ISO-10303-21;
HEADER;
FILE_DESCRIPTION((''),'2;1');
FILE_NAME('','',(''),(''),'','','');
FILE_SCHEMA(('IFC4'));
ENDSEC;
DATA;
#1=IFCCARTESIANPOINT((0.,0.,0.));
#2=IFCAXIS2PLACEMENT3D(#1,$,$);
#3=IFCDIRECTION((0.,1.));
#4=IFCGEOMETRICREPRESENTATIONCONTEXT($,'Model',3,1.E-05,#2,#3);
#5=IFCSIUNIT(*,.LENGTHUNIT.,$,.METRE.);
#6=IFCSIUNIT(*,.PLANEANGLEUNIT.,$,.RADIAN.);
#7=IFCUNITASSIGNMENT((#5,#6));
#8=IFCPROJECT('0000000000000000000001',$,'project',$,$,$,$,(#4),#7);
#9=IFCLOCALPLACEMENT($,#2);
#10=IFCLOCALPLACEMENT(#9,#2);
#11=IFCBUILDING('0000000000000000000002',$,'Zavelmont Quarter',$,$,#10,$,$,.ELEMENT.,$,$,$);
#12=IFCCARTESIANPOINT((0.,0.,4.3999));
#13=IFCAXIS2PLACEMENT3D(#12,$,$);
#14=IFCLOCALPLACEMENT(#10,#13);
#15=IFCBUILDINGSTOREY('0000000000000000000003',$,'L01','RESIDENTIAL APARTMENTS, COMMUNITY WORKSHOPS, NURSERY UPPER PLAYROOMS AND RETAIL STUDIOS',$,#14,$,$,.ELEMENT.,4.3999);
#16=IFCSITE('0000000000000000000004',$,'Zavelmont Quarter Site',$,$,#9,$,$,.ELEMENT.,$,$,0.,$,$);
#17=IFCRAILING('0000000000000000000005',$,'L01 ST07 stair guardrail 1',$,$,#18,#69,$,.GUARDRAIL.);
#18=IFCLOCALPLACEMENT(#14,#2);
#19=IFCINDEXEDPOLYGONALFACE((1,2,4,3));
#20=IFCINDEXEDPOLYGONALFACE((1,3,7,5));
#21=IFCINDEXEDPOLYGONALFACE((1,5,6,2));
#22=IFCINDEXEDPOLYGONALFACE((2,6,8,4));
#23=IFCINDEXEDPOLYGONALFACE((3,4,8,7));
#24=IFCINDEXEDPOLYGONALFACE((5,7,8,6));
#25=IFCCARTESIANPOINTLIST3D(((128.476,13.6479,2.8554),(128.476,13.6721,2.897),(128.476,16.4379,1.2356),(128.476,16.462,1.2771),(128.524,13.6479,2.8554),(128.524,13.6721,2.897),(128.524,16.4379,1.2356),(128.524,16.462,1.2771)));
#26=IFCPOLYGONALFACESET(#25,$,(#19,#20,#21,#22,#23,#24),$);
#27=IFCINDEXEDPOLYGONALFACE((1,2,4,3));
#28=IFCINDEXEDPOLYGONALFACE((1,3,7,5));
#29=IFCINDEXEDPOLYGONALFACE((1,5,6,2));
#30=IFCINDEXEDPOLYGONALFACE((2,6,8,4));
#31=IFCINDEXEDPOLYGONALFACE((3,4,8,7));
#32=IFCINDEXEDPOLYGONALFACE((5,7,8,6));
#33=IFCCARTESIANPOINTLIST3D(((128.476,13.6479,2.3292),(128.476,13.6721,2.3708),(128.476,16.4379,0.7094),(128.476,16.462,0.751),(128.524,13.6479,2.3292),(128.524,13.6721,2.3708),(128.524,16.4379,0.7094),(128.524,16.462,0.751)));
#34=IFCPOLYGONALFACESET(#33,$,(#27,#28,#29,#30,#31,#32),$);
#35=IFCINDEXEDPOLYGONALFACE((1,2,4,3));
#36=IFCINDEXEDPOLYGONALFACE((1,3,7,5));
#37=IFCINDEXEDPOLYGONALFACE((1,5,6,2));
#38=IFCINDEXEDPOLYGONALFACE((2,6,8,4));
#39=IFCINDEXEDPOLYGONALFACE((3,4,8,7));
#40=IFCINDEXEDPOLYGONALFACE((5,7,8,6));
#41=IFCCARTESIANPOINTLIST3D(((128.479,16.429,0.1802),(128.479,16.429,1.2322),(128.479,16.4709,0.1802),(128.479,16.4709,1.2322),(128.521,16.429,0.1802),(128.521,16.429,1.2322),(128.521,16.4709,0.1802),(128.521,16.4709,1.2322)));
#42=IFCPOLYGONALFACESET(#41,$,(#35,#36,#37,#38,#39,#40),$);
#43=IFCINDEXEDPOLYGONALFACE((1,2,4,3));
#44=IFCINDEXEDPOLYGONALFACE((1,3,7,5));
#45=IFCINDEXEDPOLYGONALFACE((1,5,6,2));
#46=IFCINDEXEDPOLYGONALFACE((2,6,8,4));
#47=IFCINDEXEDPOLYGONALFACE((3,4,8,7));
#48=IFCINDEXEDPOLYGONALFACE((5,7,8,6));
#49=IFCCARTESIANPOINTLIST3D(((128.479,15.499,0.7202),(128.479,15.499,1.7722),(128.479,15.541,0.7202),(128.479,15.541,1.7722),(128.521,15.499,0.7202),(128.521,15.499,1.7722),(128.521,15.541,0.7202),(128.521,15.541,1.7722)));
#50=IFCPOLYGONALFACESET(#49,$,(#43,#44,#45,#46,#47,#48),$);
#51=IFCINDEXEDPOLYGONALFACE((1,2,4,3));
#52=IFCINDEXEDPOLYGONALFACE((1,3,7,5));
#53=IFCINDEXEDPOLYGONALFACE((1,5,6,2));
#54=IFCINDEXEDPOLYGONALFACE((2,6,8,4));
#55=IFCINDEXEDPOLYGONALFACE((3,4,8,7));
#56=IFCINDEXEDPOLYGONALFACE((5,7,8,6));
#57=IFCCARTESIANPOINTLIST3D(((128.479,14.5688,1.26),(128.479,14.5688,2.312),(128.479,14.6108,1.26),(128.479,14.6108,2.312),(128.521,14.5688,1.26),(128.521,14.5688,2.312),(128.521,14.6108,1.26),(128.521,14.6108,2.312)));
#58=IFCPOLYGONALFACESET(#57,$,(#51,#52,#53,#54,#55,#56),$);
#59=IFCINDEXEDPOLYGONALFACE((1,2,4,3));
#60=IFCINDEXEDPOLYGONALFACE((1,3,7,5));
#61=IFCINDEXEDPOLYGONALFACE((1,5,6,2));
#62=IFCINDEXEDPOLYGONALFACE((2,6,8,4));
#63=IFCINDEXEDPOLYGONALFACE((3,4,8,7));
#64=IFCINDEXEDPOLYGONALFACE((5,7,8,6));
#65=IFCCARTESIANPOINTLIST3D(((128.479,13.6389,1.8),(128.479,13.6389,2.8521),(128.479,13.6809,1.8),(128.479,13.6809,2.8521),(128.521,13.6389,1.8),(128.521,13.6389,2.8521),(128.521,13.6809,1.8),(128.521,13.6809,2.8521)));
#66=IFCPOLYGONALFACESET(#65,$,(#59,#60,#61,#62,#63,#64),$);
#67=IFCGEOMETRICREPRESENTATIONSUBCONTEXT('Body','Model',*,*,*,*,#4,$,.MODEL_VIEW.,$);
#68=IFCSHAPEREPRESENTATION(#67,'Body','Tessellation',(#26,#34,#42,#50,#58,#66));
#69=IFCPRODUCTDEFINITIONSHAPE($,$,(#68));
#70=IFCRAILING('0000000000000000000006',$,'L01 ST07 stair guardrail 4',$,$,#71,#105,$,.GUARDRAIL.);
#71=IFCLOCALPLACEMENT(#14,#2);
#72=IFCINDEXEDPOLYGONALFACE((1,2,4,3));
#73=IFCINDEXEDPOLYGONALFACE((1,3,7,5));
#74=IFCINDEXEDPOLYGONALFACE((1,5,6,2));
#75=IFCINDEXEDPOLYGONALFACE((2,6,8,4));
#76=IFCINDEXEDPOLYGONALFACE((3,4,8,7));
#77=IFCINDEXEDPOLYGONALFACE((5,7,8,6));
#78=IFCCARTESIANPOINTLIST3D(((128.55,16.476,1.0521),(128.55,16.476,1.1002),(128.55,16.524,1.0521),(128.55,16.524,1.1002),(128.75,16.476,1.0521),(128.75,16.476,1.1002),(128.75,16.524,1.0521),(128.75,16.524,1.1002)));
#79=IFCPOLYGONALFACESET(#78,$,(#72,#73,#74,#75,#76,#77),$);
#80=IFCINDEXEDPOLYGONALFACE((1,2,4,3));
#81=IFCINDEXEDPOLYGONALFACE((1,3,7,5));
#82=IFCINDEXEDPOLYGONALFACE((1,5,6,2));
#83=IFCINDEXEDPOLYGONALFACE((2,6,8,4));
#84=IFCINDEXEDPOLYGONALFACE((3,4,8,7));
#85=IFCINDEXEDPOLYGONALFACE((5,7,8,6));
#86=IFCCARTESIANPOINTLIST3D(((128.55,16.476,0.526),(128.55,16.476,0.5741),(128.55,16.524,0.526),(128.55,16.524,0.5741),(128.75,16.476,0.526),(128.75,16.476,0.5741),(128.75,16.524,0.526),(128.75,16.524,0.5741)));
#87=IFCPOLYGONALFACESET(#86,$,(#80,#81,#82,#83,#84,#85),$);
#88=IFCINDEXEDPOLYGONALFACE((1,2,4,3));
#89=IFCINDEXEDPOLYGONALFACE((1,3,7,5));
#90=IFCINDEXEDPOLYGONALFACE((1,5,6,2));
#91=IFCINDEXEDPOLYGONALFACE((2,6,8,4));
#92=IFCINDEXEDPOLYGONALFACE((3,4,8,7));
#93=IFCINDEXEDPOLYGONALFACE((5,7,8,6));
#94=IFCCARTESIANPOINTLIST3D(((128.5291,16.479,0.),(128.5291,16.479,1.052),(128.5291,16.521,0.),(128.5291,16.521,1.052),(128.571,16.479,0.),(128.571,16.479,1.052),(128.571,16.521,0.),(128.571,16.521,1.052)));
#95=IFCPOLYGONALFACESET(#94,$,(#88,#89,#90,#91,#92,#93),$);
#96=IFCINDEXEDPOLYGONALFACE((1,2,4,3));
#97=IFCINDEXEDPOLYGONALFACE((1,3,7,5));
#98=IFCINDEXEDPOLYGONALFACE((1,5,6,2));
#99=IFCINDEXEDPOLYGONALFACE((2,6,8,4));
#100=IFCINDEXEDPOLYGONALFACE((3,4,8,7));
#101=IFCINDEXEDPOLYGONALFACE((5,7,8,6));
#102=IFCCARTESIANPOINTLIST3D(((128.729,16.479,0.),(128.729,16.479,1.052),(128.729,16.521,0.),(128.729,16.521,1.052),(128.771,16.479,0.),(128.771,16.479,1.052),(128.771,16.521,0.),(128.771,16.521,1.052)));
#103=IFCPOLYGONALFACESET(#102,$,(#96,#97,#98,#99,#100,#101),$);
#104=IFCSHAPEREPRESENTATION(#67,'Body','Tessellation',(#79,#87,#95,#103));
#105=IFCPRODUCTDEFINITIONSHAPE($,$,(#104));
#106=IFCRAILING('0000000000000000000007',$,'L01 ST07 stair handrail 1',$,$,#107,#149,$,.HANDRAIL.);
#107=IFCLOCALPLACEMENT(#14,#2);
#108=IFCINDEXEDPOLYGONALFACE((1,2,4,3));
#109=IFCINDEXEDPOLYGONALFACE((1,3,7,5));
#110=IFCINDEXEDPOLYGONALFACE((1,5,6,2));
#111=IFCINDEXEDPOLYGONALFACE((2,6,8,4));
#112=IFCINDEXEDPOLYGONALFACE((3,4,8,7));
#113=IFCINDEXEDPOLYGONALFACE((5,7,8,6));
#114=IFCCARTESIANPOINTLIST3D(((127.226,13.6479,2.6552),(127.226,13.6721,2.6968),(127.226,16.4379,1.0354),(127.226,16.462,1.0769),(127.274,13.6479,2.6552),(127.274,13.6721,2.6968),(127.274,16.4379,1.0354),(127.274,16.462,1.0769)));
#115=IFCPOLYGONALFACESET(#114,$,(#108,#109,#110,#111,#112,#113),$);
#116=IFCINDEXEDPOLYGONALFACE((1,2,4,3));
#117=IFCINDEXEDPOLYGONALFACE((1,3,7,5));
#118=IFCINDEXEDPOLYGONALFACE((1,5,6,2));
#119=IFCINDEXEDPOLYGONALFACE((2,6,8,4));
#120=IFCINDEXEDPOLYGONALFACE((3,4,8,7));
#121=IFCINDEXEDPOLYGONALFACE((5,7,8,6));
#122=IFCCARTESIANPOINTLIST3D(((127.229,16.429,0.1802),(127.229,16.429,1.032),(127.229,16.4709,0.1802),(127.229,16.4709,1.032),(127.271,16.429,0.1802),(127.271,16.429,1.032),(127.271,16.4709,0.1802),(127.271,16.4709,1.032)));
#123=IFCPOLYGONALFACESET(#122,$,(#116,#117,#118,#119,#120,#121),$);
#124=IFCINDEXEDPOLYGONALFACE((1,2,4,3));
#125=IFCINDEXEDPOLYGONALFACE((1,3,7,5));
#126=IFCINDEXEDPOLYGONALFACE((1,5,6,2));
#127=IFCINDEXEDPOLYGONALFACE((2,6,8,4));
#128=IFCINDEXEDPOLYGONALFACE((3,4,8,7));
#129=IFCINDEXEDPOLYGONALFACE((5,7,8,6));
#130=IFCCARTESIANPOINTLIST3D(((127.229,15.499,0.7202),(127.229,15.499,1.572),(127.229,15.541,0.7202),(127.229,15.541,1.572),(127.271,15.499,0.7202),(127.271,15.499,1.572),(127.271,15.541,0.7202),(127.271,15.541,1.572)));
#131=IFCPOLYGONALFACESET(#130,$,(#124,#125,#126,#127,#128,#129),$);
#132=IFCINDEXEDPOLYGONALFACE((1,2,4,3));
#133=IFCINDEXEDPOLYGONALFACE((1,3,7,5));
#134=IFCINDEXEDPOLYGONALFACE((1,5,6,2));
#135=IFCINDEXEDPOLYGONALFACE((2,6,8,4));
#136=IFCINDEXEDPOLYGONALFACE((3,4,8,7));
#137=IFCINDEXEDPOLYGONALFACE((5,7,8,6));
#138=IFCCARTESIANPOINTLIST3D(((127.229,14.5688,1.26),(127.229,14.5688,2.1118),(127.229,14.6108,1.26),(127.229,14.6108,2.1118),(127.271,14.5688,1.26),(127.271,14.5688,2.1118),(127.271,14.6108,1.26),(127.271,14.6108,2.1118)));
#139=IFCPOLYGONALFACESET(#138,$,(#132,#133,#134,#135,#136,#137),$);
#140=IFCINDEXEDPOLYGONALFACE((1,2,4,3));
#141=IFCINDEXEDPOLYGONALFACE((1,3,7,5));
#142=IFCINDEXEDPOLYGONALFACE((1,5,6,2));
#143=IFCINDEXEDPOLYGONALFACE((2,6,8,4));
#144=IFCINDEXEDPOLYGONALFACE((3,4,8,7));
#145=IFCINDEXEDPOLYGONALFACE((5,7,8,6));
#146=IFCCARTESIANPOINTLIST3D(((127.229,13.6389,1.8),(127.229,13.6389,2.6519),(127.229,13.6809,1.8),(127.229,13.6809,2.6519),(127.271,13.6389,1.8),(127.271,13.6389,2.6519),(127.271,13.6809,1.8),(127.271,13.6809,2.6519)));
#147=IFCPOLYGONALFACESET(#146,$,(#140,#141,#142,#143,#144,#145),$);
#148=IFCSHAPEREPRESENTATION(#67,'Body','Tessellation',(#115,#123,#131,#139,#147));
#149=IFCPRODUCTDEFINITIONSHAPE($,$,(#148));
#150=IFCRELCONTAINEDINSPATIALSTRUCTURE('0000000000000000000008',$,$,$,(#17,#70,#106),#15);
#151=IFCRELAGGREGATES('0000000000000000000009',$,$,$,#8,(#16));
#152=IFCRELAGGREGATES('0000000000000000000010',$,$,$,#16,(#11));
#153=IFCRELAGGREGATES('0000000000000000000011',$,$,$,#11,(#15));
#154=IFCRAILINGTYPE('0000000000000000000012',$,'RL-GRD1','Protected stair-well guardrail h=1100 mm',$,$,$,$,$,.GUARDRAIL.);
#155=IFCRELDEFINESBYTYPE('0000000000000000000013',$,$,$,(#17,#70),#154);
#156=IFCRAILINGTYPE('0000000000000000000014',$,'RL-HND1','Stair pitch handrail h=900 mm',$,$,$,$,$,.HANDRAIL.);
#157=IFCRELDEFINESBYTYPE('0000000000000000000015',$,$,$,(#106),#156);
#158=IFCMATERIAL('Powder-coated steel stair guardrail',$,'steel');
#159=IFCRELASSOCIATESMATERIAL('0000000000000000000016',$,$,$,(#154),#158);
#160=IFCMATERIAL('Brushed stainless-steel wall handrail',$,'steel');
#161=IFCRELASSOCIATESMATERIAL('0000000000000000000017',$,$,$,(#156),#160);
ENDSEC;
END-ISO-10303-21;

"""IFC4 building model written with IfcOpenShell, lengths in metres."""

from ifc_helpers import new_model, si_unit, direction, frame, origin, origin_2d, place, context, subcontext, project, spatial, rectangle, extrude, material, type_object, element, save


model = new_model("IFC4")

# Units and contexts
model_context = context("Model", 3, precision=1e-05, world=origin(), true_north=direction((0.0, 1.0)))
body_context = subcontext(model_context, "Body", "Model", "MODEL_VIEW")
ifc_project = project(units=[si_unit("LENGTHUNIT", "METRE"), si_unit("PLANEANGLEUNIT", "RADIAN")], contexts=[model_context])

# Site, building, storey
site_placement = place(None, origin())
site = spatial("IfcSite", under=ifc_project, at=site_placement, Name="Zavelmont Quarter Site", CompositionType="ELEMENT", RefElevation=0.0)
building_placement = place(site_placement, origin())
building = spatial("IfcBuilding", under=site, at=building_placement, Name="Zavelmont Quarter", CompositionType="ELEMENT")
storey_placement = place(building_placement, frame((0.0, 0.0, 4.3999)))
storey = spatial("IfcBuildingStorey", under=building, at=storey_placement, Name="L01", Description="RESIDENTIAL APARTMENTS, COMMUNITY WORKSHOPS, NURSERY UPPER PLAYROOMS AND RETAIL STUDIOS", CompositionType="ELEMENT", Elevation=4.3999)

# Railings
ifc_material_1 = material(Name="Powder-coated steel stair guardrail", Category="steel")
railing_type_1 = type_object("IfcRailingType", Name="RL-GRD1", Description="Protected stair-well guardrail h=1100 mm", PredefinedType="GUARDRAIL", material=ifc_material_1)
railing_1_placement = place(storey_placement, frame((128.5, 16.45, 0.1802)))
element("IfcRailing", 1, at=railing_1_placement, inside=storey, type_object=railing_type_1, Name="L01 ST07 stair guardrail 1", PredefinedType="GUARDRAIL", context=body_context, shape_type="SweptSolid", body=[
    extrude(rectangle(XDim=0.0481, YDim=0.0481, at=origin_2d()), frame((0.0, 0.0, 1.0762), z_axis=(0.0, -0.864809, 0.502101), x_axis=(1.0, 0.0, 0.0)), (0.0, 0.0, 1.0), 3.2261),
    extrude(rectangle(XDim=0.0481, YDim=0.0481, at=origin_2d()), frame((0.0, 0.0, 0.55), z_axis=(0.0, -0.864809, 0.502101), x_axis=(1.0, 0.0, 0.0)), (0.0, 0.0, 1.0), 3.2261),
    extrude(rectangle(XDim=0.042, YDim=0.042, at=origin_2d()), origin(), (0.0, 0.0, 1.0), 1.052),
    extrude(rectangle(XDim=0.042, YDim=0.042, at=origin_2d()), frame((0.0, -0.9299, 0.54)), (0.0, 0.0, 1.0), 1.052),
    extrude(rectangle(XDim=0.042, YDim=0.042, at=origin_2d()), frame((0.0, -1.8601, 1.0798)), (0.0, 0.0, 1.0), 1.052),
    extrude(rectangle(XDim=0.042, YDim=0.042, at=origin_2d()), frame((0.0, -2.79, 1.6199)), (0.0, 0.0, 1.0), 1.052),
])
railing_2_placement = place(storey_placement, frame((128.55, 16.5, 0.0)))
element("IfcRailing", 2, at=railing_2_placement, inside=storey, type_object=railing_type_1, Name="L01 ST07 stair guardrail 4", PredefinedType="GUARDRAIL", context=body_context, shape_type="SweptSolid", body=[
    extrude(rectangle(XDim=0.0481, YDim=0.0481, at=origin_2d()), frame((0.0, 0.0, 1.0762), z_axis=(1.0, 0.0, 0.0), x_axis=(0.0, 1.0, 0.0)), (0.0, 0.0, 1.0), 0.2),
    extrude(rectangle(XDim=0.0481, YDim=0.0481, at=origin_2d()), frame((0.0, 0.0, 0.55), z_axis=(1.0, 0.0, 0.0), x_axis=(0.0, 1.0, 0.0)), (0.0, 0.0, 1.0), 0.2),
    extrude(rectangle(XDim=0.042, YDim=0.042, at=origin_2d()), origin(), (0.0, 0.0, 1.0), 1.052),
    extrude(rectangle(XDim=0.042, YDim=0.042, at=origin_2d()), frame((0.2, 0.0, 0.0)), (0.0, 0.0, 1.0), 1.052),
])
ifc_material_2 = material(Name="Brushed stainless-steel wall handrail", Category="steel")
railing_type_2 = type_object("IfcRailingType", Name="RL-HND1", Description="Stair pitch handrail h=900 mm", PredefinedType="HANDRAIL", material=ifc_material_2)
railing_3_placement = place(storey_placement, frame((127.25, 16.45, 0.1802)))
element("IfcRailing", 3, at=railing_3_placement, inside=storey, type_object=railing_type_2, Name="L01 ST07 stair handrail 1", PredefinedType="HANDRAIL", context=body_context, shape_type="SweptSolid", body=[
    extrude(rectangle(XDim=0.0481, YDim=0.0481, at=origin_2d()), frame((0.0, 0.0, 0.876), z_axis=(0.0, -0.864809, 0.502101), x_axis=(1.0, 0.0, 0.0)), (0.0, 0.0, 1.0), 3.2261),
    extrude(rectangle(XDim=0.042, YDim=0.042, at=origin_2d()), origin(), (0.0, 0.0, 1.0), 0.8518),
    extrude(rectangle(XDim=0.042, YDim=0.042, at=origin_2d()), frame((0.0, -0.9299, 0.54)), (0.0, 0.0, 1.0), 0.8518),
    extrude(rectangle(XDim=0.042, YDim=0.042, at=origin_2d()), frame((0.0, -1.8601, 1.0798)), (0.0, 0.0, 1.0), 0.8518),
    extrude(rectangle(XDim=0.042, YDim=0.042, at=origin_2d()), frame((0.0, -2.79, 1.6199)), (0.0, 0.0, 1.0), 0.8518),
])

save(model, "model.ifc")
